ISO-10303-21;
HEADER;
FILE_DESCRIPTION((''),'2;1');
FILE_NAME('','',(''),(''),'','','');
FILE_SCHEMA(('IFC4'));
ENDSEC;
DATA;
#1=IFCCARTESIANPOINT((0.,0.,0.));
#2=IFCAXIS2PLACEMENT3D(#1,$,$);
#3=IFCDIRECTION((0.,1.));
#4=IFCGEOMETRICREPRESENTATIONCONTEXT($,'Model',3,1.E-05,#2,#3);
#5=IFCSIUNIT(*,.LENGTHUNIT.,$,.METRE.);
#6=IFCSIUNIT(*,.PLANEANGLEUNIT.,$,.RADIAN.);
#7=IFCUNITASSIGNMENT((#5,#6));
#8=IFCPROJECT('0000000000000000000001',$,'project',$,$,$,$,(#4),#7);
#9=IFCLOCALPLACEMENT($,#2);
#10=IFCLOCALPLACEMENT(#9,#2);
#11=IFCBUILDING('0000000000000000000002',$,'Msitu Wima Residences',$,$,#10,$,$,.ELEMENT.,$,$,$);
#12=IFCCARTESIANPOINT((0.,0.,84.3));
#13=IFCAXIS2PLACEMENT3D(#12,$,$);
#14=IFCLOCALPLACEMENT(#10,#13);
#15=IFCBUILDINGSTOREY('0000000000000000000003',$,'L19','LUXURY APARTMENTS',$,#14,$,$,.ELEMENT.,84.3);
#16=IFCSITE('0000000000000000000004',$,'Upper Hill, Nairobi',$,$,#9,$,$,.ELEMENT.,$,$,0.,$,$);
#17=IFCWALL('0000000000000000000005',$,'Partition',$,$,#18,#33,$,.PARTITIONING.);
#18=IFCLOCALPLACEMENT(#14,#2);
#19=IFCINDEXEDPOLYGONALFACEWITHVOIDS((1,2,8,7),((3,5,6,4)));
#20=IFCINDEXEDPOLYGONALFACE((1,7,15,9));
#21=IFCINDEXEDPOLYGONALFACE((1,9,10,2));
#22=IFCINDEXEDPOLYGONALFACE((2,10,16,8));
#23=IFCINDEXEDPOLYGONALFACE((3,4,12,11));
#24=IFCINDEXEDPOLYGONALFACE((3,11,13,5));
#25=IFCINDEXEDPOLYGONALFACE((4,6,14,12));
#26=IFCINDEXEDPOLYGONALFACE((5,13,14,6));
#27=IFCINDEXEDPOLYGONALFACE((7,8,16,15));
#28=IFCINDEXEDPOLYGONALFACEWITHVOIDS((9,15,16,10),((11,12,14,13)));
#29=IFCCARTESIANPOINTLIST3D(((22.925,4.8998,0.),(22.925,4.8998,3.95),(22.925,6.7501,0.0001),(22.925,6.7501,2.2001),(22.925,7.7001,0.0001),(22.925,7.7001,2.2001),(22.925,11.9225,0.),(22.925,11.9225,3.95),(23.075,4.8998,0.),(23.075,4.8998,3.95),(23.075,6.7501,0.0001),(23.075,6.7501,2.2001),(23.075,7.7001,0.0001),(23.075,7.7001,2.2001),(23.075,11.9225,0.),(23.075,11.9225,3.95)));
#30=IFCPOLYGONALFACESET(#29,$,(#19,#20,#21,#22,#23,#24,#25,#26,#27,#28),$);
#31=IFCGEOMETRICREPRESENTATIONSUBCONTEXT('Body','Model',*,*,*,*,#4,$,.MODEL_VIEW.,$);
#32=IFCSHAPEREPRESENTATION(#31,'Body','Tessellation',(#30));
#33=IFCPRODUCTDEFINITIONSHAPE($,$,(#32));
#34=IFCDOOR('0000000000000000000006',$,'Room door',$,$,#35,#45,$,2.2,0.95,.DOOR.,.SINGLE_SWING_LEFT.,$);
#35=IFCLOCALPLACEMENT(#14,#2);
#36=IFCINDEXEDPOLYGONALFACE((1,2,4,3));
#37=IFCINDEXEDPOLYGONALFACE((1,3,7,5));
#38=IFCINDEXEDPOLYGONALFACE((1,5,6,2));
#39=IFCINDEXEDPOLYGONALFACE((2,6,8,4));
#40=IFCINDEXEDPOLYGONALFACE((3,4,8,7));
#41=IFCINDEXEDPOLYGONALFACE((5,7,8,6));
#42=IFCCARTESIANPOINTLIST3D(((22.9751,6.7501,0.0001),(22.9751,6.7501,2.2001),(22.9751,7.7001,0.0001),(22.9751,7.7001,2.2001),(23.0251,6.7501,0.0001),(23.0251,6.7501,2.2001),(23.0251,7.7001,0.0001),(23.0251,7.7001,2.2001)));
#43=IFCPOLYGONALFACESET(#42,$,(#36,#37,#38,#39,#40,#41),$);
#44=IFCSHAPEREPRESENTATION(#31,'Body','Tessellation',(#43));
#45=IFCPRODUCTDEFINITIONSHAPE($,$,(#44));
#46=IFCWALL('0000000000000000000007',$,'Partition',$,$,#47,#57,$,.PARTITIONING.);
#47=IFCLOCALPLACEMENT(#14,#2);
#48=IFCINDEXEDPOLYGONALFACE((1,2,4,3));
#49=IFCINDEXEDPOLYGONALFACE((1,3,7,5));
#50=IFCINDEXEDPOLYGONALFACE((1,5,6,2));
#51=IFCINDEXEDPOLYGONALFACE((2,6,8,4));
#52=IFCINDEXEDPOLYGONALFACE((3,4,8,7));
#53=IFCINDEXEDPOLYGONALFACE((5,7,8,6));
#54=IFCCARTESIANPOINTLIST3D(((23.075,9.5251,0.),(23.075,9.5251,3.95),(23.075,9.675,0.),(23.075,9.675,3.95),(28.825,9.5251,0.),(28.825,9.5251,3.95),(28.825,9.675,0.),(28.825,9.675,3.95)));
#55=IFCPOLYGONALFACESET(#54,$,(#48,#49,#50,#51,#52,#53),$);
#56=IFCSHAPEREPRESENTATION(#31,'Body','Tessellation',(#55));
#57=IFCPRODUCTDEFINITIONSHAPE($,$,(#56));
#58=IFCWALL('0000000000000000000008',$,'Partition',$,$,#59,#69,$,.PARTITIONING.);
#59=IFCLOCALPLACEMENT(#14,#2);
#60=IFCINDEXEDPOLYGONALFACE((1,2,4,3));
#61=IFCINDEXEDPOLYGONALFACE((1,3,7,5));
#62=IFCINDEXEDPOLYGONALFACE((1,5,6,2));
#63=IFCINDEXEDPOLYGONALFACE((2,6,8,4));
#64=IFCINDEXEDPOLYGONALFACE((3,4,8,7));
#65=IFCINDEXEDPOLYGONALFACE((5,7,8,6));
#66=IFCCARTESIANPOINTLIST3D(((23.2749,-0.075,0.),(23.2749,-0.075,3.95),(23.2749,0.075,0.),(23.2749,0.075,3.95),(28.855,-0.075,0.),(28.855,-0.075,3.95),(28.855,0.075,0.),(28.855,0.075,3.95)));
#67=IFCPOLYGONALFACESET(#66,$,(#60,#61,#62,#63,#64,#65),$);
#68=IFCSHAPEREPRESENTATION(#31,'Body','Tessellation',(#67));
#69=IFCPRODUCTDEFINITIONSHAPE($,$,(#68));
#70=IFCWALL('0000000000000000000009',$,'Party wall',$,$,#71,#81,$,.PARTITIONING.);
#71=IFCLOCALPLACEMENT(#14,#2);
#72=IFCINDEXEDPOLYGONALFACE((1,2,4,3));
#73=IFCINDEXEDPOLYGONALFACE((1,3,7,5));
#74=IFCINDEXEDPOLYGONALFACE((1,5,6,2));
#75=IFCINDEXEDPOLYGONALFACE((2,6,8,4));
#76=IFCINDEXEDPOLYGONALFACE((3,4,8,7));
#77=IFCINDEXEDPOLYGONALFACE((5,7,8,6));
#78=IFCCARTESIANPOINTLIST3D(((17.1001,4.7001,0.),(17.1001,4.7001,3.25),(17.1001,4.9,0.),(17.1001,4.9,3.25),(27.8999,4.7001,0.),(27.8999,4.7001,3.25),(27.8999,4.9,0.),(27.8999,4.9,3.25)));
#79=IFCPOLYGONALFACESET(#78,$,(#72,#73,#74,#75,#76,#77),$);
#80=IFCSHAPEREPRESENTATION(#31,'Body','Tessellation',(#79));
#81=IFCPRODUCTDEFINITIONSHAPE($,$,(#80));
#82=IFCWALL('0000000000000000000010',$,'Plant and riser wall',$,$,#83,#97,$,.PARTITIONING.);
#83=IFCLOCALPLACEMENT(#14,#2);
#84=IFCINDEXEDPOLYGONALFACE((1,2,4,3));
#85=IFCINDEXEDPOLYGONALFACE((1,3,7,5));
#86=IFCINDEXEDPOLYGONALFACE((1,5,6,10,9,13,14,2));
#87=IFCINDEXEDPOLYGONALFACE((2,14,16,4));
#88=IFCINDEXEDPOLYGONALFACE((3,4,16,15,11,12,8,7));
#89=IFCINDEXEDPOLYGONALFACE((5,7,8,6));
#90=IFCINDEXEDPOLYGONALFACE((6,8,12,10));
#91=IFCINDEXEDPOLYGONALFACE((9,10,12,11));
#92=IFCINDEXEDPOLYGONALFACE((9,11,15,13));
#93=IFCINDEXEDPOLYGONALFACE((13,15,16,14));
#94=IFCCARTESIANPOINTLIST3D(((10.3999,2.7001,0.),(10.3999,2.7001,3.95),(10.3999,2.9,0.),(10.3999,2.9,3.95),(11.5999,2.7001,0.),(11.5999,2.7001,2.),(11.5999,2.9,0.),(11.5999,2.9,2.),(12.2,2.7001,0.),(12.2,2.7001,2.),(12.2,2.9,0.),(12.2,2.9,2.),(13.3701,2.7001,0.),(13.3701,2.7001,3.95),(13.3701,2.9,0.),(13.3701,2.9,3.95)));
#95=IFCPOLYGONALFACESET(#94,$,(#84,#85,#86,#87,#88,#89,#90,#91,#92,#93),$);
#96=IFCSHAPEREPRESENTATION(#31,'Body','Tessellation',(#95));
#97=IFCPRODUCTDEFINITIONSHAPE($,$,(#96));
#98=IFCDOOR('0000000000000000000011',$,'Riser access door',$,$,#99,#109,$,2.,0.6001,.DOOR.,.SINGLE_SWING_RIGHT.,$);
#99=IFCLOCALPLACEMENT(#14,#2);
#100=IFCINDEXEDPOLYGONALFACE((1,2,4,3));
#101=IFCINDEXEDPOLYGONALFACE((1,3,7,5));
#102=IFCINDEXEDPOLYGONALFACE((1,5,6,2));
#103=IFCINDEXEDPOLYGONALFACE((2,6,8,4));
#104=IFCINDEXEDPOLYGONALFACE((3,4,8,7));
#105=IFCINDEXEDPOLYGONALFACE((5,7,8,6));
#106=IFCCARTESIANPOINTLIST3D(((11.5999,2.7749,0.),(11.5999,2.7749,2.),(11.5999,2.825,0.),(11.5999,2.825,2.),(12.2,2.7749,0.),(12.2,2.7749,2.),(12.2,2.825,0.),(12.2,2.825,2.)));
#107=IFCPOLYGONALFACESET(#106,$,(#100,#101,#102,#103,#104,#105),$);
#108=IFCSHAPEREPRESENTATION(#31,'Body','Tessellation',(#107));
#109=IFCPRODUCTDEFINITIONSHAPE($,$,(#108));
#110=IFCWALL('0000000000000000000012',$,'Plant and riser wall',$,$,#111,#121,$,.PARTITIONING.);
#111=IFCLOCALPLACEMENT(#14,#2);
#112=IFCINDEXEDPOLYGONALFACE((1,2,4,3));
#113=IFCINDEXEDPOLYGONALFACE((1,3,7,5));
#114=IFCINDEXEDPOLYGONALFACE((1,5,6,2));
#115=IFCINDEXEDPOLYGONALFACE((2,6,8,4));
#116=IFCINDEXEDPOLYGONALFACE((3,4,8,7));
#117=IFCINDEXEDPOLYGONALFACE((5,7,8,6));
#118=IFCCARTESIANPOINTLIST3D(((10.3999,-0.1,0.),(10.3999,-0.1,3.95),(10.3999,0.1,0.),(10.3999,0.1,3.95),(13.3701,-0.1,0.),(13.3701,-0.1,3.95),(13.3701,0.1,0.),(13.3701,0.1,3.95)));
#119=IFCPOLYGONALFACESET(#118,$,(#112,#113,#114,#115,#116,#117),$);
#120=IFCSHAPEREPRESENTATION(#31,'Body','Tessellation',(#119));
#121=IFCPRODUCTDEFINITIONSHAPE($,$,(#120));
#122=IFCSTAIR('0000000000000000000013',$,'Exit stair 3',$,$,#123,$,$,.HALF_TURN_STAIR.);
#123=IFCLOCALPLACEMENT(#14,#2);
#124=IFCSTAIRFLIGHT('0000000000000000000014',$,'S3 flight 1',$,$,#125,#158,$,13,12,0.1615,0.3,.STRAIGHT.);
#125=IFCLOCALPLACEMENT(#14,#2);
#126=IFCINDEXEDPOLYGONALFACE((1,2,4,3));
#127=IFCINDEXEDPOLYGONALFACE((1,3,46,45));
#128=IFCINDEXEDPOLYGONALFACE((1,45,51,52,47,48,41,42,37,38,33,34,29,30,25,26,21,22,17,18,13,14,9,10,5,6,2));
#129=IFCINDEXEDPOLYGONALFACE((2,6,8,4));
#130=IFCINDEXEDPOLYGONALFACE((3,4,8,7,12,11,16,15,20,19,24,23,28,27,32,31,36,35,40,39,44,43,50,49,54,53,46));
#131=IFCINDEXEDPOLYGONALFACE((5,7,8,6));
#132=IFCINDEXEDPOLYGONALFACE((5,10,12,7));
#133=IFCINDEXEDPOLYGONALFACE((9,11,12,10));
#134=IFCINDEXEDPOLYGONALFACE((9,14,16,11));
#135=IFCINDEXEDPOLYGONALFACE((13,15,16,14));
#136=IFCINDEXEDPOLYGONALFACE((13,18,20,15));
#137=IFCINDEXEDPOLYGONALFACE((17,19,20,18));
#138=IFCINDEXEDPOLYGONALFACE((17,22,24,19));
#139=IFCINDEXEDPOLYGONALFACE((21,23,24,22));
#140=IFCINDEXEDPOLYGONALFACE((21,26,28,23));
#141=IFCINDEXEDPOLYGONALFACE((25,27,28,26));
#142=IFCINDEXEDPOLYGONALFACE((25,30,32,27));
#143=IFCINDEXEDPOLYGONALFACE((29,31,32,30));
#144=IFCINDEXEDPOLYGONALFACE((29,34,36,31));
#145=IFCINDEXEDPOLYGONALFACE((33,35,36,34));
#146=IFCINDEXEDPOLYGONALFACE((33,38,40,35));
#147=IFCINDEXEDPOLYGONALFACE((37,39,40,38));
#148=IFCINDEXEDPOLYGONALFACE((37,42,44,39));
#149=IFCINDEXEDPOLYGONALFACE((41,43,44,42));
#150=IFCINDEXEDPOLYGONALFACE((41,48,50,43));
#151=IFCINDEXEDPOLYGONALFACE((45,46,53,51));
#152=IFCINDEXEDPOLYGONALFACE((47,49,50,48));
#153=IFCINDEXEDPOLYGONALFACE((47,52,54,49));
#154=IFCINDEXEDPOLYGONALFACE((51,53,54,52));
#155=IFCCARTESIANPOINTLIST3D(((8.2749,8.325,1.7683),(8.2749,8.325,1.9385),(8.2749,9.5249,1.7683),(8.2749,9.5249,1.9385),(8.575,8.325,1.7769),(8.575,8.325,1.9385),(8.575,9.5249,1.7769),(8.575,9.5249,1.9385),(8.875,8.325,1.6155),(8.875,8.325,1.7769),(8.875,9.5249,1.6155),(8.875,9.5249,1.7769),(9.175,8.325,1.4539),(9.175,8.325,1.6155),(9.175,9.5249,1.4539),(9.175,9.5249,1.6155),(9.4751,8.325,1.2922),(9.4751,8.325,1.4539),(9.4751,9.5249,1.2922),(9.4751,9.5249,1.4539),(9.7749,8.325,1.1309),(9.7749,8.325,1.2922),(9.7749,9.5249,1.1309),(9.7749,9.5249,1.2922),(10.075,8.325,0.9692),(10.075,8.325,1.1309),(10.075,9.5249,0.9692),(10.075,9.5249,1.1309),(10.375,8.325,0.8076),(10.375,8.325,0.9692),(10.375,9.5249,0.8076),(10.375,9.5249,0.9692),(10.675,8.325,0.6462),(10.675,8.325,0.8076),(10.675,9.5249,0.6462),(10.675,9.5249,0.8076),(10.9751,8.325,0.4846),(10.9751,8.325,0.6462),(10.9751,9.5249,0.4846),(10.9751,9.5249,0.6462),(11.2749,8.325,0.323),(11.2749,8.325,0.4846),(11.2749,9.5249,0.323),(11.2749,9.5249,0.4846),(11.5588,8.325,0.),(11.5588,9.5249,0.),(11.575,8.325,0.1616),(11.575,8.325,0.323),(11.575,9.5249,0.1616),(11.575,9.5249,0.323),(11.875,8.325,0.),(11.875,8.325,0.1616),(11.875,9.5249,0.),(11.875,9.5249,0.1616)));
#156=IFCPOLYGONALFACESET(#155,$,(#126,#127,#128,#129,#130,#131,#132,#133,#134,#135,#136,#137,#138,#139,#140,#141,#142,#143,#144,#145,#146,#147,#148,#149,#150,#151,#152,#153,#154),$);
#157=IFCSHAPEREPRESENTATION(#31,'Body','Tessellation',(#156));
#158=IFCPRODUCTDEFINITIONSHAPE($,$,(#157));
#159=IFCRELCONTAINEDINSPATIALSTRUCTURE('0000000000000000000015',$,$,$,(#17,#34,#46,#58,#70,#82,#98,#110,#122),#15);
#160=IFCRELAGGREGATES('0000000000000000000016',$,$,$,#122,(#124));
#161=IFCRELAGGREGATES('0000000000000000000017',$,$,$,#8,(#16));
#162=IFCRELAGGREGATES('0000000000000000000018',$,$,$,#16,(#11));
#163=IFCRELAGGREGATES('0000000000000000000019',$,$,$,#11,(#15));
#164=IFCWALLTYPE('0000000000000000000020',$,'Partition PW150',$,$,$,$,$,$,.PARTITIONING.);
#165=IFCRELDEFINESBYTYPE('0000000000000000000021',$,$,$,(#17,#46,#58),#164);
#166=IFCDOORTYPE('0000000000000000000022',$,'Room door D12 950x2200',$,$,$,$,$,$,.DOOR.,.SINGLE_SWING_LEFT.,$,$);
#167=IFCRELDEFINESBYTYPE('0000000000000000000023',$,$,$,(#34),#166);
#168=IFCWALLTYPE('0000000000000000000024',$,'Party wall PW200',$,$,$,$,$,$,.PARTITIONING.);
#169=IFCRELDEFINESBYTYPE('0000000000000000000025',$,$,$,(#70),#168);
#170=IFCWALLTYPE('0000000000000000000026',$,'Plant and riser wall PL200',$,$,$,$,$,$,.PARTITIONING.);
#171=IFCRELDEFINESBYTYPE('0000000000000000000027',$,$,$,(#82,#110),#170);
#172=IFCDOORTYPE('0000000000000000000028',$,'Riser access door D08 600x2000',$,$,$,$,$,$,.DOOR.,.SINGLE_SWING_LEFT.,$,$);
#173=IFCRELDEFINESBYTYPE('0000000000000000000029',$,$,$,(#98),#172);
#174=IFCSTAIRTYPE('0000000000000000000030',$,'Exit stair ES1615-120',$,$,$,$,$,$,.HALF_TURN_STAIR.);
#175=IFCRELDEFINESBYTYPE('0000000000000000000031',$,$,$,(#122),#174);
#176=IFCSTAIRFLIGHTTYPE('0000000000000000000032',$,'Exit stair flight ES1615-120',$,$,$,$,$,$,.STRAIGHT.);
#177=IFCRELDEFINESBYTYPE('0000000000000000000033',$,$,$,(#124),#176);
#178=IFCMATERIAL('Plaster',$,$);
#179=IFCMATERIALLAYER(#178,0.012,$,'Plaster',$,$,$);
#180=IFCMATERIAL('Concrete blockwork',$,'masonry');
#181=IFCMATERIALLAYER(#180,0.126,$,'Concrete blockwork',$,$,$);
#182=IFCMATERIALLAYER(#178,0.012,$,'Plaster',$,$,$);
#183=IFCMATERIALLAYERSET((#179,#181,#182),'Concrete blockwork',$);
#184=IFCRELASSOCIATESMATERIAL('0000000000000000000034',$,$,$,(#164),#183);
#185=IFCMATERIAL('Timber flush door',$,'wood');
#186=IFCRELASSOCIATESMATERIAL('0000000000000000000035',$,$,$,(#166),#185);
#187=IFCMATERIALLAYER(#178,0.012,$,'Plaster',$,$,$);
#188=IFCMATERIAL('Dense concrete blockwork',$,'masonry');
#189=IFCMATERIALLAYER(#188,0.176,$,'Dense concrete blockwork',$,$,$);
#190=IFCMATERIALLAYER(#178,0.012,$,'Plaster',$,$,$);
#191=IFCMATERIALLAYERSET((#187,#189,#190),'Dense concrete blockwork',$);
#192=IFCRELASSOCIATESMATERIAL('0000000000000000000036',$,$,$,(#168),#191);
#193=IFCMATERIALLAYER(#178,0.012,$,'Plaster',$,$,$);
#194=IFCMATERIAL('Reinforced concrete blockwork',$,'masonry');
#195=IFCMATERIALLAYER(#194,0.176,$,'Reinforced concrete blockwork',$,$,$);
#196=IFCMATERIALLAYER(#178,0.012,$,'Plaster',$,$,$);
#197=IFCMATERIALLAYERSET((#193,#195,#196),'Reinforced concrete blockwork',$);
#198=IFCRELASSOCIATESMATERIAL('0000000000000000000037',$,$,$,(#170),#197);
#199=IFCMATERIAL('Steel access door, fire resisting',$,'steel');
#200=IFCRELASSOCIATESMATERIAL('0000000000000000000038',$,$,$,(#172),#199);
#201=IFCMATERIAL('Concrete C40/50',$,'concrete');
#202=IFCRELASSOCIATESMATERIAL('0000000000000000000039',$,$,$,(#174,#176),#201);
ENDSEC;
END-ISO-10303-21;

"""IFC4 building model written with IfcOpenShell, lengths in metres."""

from ifc_helpers import new_model, si_unit, direction, frame, frame_2d, origin, place, context, subcontext, project, spatial, polyline, rectangle, outline, extrude, material, layer, layer_set, type_object, element, fill, aggregate, save


model = new_model("IFC4")

# Units and contexts
model_context = context("Model", 3, precision=1e-05, world=origin(), true_north=direction((0.0, 1.0)))
body_context = subcontext(model_context, "Body", "Model", "MODEL_VIEW")
ifc_project = project(units=[si_unit("LENGTHUNIT", "METRE"), si_unit("PLANEANGLEUNIT", "RADIAN")], contexts=[model_context])

# Site, building, storey
site_placement = place(None, origin())
site = spatial("IfcSite", under=ifc_project, at=site_placement, Name="Upper Hill, Nairobi", CompositionType="ELEMENT", RefElevation=0.0)
building_placement = place(site_placement, origin())
building = spatial("IfcBuilding", under=site, at=building_placement, Name="Msitu Wima Residences", CompositionType="ELEMENT")
storey_placement = place(building_placement, frame((0.0, 0.0, 84.3)))
storey = spatial("IfcBuildingStorey", under=building, at=storey_placement, Name="L19", Description="LUXURY APARTMENTS", CompositionType="ELEMENT", Elevation=84.3)

# Shared definitions
ifc_material_1 = material(Name="Concrete C40/50", Category="concrete")

# Shared definitions
ifc_material_2 = material(Name="Plaster")
ifc_layer_1 = layer(ifc_material_2, 0.012, Name="Plaster")
ifc_material_3 = material(Name="Concrete blockwork", Category="masonry")
ifc_layer_2 = layer(ifc_material_3, 0.126, Name="Concrete blockwork")
ifc_layer_3 = layer(ifc_material_2, 0.012, Name="Plaster")
ifc_layer_set_1 = layer_set([ifc_layer_1, ifc_layer_2, ifc_layer_3], Name="Concrete blockwork")
wall_type_1 = type_object("IfcWallType", Name="Partition PW150", PredefinedType="PARTITIONING", material=ifc_layer_set_1)

# Wall, opening, door
wall_1_placement = place(storey_placement, frame((23.0, 4.8999, 0.0), z_axis=(0.0, 0.0, 1.0), x_axis=(0.0, 1.0, 0.0)))
wall_1 = element("IfcWall", 1, at=wall_1_placement, inside=storey, type_object=wall_type_1, Name="Partition", PredefinedType="PARTITIONING", context=body_context, shape_type="SweptSolid", body=[
    extrude(rectangle(XDim=7.0227, YDim=0.1499, at=frame_2d((3.5112, 0.0))), origin(), (0.0, 0.0, 1.0), 3.95),
])
opening_1_placement = place(wall_1_placement, frame((1.8501, 0.0, 0.0)))
opening_1 = element("IfcOpeningElement", 2, at=opening_1_placement, cuts=wall_1, PredefinedType="OPENING", context=body_context, shape_type="SweptSolid", body=[
    extrude(rectangle(XDim=0.95, YDim=2.2, at=frame_2d((0.4751, 1.1001))), frame((0.0, 0.085, 0.0), z_axis=(0.0, -1.0, 0.0), x_axis=(1.0, 0.0, 0.0)), (0.0, 0.0, 1.0), 0.1699),
])
ifc_material_4 = material(Name="Timber flush door", Category="wood")
door_type_1 = type_object("IfcDoorType", Name="Room door D12 950x2200", OperationType="SINGLE_SWING_LEFT", PredefinedType="DOOR", material=ifc_material_4)
door_1_placement = place(opening_1_placement, origin())
door_1 = element("IfcDoor", 3, at=door_1_placement, inside=storey, type_object=door_type_1, Name="Room door", OperationType="SINGLE_SWING_LEFT", OverallHeight=2.2, OverallWidth=0.95, PredefinedType="DOOR", context=body_context, shape_type="SweptSolid", body=[
    extrude(rectangle(XDim=0.95, YDim=2.2, at=frame_2d((0.4751, 1.1001))), frame((0.0, 0.0249, 0.0), z_axis=(0.0, -1.0, 0.0), x_axis=(1.0, 0.0, 0.0)), (0.0, 0.0, 1.0), 0.05),
])
fill(opening_1, door_1)

# Walls
wall_2_placement = place(storey_placement, frame((23.075, 9.6001, 0.0), z_axis=(0.0, 0.0, 1.0), x_axis=(1.0, 0.0, 0.0)))
element("IfcWall", 4, at=wall_2_placement, inside=storey, type_object=wall_type_1, Name="Partition", PredefinedType="PARTITIONING", context=body_context, shape_type="SweptSolid", body=[
    extrude(rectangle(XDim=5.75, YDim=0.1499, at=frame_2d((2.875, 0.0))), origin(), (0.0, 0.0, 1.0), 3.95),
])
wall_3_placement = place(storey_placement, frame((23.2749, 0.0, 0.0), z_axis=(0.0, 0.0, 1.0), x_axis=(1.0, 0.0, 0.0)))
element("IfcWall", 5, at=wall_3_placement, inside=storey, type_object=wall_type_1, Name="Partition", PredefinedType="PARTITIONING", context=body_context, shape_type="SweptSolid", body=[
    extrude(rectangle(XDim=5.5801, YDim=0.1499, at=frame_2d((2.79, 0.0))), origin(), (0.0, 0.0, 1.0), 3.95),
])
ifc_layer_4 = layer(ifc_material_2, 0.012, Name="Plaster")
ifc_material_5 = material(Name="Dense concrete blockwork", Category="masonry")
ifc_layer_5 = layer(ifc_material_5, 0.176, Name="Dense concrete blockwork")
ifc_layer_6 = layer(ifc_material_2, 0.012, Name="Plaster")
ifc_layer_set_2 = layer_set([ifc_layer_4, ifc_layer_5, ifc_layer_6], Name="Dense concrete blockwork")
wall_type_2 = type_object("IfcWallType", Name="Party wall PW200", PredefinedType="PARTITIONING", material=ifc_layer_set_2)
wall_4_placement = place(storey_placement, frame((17.1001, 4.8, 0.0), z_axis=(0.0, 0.0, 1.0), x_axis=(1.0, 0.0, 0.0)))
element("IfcWall", 6, at=wall_4_placement, inside=storey, type_object=wall_type_2, Name="Party wall", PredefinedType="PARTITIONING", context=body_context, shape_type="SweptSolid", body=[
    extrude(rectangle(XDim=10.7998, YDim=0.2, at=frame_2d((5.3999, 0.0))), origin(), (0.0, 0.0, 1.0), 3.25),
])

# Wall, opening, door
ifc_layer_7 = layer(ifc_material_2, 0.012, Name="Plaster")
ifc_material_6 = material(Name="Reinforced concrete blockwork", Category="masonry")
ifc_layer_8 = layer(ifc_material_6, 0.176, Name="Reinforced concrete blockwork")
ifc_layer_9 = layer(ifc_material_2, 0.012, Name="Plaster")
ifc_layer_set_3 = layer_set([ifc_layer_7, ifc_layer_8, ifc_layer_9], Name="Reinforced concrete blockwork")
wall_type_3 = type_object("IfcWallType", Name="Plant and riser wall PL200", PredefinedType="PARTITIONING", material=ifc_layer_set_3)
wall_5_placement = place(storey_placement, frame((10.3999, 2.8, 0.0), z_axis=(0.0, 0.0, 1.0), x_axis=(1.0, 0.0, 0.0)))
wall_5 = element("IfcWall", 7, at=wall_5_placement, inside=storey, type_object=wall_type_3, Name="Plant and riser wall", PredefinedType="PARTITIONING", context=body_context, shape_type="SweptSolid", body=[
    extrude(rectangle(XDim=2.9702, YDim=0.2, at=frame_2d((1.4851, 0.0))), origin(), (0.0, 0.0, 1.0), 3.95),
])
opening_2_placement = place(wall_5_placement, frame((1.2, 0.0, 0.0)))
opening_2 = element("IfcOpeningElement", 8, at=opening_2_placement, cuts=wall_5, PredefinedType="OPENING", context=body_context, shape_type="SweptSolid", body=[
    extrude(rectangle(XDim=0.6001, YDim=2.0, at=frame_2d((0.3, 1.0))), frame((0.0, 0.1099, 0.0), z_axis=(0.0, -1.0, 0.0), x_axis=(1.0, 0.0, 0.0)), (0.0, 0.0, 1.0), 0.22),
])
ifc_material_7 = material(Name="Steel access door, fire resisting", Category="steel")
door_type_2 = type_object("IfcDoorType", Name="Riser access door D08 600x2000", OperationType="SINGLE_SWING_LEFT", PredefinedType="DOOR", material=ifc_material_7)
door_2_placement = place(opening_2_placement, origin())
door_2 = element("IfcDoor", 9, at=door_2_placement, inside=storey, type_object=door_type_2, Name="Riser access door", OperationType="SINGLE_SWING_RIGHT", OverallHeight=2.0, OverallWidth=0.6001, PredefinedType="DOOR", context=body_context, shape_type="SweptSolid", body=[
    extrude(rectangle(XDim=0.6001, YDim=2.0, at=frame_2d((0.3, 1.0))), frame((0.0, 0.0249, 0.0), z_axis=(0.0, -1.0, 0.0), x_axis=(1.0, 0.0, 0.0)), (0.0, 0.0, 1.0), 0.05),
])
fill(opening_2, door_2)

# Wall
wall_6_placement = place(storey_placement, frame((10.3999, 0.0, 0.0), z_axis=(0.0, 0.0, 1.0), x_axis=(1.0, 0.0, 0.0)))
element("IfcWall", 10, at=wall_6_placement, inside=storey, type_object=wall_type_3, Name="Plant and riser wall", PredefinedType="PARTITIONING", context=body_context, shape_type="SweptSolid", body=[
    extrude(rectangle(XDim=2.9702, YDim=0.2, at=frame_2d((1.4851, 0.0))), origin(), (0.0, 0.0, 1.0), 3.95),
])

# Stair, stair flight
stair_type = type_object("IfcStairType", Name="Exit stair ES1615-120", PredefinedType="HALF_TURN_STAIR", material=ifc_material_1)
stair_placement = place(storey_placement, origin())
stair = element("IfcStair", 11, at=stair_placement, inside=storey, type_object=stair_type, Name="Exit stair 3", PredefinedType="HALF_TURN_STAIR")
stair_flight_type = type_object("IfcStairFlightType", Name="Exit stair flight ES1615-120", PredefinedType="STRAIGHT", material=ifc_material_1)
stair_flight_1_placement = place(storey_placement, frame((11.875, 8.925, 0.0), z_axis=(0.0, 0.0, 1.0), x_axis=(-1.0, 0.0, 0.0)))
stair_flight_1 = element("IfcStairFlight", 12, at=stair_flight_1_placement, type_object=stair_flight_type, Name="S3 flight 1", NumberOfRisers=13, NumberOfTreads=12, PredefinedType="STRAIGHT", RiserHeight=0.1615, TreadLength=0.3, context=body_context, shape_type="SweptSolid", body=[
    extrude(outline(polyline([(0.0, 0.0), (0.0, 0.1616), (0.3, 0.1616), (0.3, 0.323), (0.6001, 0.323), (0.6001, 0.4846), (0.8999, 0.4846), (0.8999, 0.6462), (1.2, 0.6462), (1.2, 0.8076), (1.5, 0.8076), (1.5, 0.9692), (1.8, 0.9692), (1.8, 1.1309), (2.1001, 1.1309), (2.1001, 1.2922), (2.3999, 1.2922), (2.3999, 1.4539), (2.7, 1.4539), (2.7, 1.6155), (3.0, 1.6155), (3.0, 1.7769), (3.3, 1.7769), (3.3, 1.9385), (3.6001, 1.9385), (3.6001, 2.1001), (3.6001, 1.7683), (0.3162, 0.0), (0.0, 0.0)])), frame((0.0, 0.6001, 0.0), z_axis=(0.0, -1.0, 0.0), x_axis=(1.0, 0.0, 0.0)), (0.0, 0.0, 1.0), 1.2),
])
aggregate(stair, [stair_flight_1])

save(model, "model.ifc")
